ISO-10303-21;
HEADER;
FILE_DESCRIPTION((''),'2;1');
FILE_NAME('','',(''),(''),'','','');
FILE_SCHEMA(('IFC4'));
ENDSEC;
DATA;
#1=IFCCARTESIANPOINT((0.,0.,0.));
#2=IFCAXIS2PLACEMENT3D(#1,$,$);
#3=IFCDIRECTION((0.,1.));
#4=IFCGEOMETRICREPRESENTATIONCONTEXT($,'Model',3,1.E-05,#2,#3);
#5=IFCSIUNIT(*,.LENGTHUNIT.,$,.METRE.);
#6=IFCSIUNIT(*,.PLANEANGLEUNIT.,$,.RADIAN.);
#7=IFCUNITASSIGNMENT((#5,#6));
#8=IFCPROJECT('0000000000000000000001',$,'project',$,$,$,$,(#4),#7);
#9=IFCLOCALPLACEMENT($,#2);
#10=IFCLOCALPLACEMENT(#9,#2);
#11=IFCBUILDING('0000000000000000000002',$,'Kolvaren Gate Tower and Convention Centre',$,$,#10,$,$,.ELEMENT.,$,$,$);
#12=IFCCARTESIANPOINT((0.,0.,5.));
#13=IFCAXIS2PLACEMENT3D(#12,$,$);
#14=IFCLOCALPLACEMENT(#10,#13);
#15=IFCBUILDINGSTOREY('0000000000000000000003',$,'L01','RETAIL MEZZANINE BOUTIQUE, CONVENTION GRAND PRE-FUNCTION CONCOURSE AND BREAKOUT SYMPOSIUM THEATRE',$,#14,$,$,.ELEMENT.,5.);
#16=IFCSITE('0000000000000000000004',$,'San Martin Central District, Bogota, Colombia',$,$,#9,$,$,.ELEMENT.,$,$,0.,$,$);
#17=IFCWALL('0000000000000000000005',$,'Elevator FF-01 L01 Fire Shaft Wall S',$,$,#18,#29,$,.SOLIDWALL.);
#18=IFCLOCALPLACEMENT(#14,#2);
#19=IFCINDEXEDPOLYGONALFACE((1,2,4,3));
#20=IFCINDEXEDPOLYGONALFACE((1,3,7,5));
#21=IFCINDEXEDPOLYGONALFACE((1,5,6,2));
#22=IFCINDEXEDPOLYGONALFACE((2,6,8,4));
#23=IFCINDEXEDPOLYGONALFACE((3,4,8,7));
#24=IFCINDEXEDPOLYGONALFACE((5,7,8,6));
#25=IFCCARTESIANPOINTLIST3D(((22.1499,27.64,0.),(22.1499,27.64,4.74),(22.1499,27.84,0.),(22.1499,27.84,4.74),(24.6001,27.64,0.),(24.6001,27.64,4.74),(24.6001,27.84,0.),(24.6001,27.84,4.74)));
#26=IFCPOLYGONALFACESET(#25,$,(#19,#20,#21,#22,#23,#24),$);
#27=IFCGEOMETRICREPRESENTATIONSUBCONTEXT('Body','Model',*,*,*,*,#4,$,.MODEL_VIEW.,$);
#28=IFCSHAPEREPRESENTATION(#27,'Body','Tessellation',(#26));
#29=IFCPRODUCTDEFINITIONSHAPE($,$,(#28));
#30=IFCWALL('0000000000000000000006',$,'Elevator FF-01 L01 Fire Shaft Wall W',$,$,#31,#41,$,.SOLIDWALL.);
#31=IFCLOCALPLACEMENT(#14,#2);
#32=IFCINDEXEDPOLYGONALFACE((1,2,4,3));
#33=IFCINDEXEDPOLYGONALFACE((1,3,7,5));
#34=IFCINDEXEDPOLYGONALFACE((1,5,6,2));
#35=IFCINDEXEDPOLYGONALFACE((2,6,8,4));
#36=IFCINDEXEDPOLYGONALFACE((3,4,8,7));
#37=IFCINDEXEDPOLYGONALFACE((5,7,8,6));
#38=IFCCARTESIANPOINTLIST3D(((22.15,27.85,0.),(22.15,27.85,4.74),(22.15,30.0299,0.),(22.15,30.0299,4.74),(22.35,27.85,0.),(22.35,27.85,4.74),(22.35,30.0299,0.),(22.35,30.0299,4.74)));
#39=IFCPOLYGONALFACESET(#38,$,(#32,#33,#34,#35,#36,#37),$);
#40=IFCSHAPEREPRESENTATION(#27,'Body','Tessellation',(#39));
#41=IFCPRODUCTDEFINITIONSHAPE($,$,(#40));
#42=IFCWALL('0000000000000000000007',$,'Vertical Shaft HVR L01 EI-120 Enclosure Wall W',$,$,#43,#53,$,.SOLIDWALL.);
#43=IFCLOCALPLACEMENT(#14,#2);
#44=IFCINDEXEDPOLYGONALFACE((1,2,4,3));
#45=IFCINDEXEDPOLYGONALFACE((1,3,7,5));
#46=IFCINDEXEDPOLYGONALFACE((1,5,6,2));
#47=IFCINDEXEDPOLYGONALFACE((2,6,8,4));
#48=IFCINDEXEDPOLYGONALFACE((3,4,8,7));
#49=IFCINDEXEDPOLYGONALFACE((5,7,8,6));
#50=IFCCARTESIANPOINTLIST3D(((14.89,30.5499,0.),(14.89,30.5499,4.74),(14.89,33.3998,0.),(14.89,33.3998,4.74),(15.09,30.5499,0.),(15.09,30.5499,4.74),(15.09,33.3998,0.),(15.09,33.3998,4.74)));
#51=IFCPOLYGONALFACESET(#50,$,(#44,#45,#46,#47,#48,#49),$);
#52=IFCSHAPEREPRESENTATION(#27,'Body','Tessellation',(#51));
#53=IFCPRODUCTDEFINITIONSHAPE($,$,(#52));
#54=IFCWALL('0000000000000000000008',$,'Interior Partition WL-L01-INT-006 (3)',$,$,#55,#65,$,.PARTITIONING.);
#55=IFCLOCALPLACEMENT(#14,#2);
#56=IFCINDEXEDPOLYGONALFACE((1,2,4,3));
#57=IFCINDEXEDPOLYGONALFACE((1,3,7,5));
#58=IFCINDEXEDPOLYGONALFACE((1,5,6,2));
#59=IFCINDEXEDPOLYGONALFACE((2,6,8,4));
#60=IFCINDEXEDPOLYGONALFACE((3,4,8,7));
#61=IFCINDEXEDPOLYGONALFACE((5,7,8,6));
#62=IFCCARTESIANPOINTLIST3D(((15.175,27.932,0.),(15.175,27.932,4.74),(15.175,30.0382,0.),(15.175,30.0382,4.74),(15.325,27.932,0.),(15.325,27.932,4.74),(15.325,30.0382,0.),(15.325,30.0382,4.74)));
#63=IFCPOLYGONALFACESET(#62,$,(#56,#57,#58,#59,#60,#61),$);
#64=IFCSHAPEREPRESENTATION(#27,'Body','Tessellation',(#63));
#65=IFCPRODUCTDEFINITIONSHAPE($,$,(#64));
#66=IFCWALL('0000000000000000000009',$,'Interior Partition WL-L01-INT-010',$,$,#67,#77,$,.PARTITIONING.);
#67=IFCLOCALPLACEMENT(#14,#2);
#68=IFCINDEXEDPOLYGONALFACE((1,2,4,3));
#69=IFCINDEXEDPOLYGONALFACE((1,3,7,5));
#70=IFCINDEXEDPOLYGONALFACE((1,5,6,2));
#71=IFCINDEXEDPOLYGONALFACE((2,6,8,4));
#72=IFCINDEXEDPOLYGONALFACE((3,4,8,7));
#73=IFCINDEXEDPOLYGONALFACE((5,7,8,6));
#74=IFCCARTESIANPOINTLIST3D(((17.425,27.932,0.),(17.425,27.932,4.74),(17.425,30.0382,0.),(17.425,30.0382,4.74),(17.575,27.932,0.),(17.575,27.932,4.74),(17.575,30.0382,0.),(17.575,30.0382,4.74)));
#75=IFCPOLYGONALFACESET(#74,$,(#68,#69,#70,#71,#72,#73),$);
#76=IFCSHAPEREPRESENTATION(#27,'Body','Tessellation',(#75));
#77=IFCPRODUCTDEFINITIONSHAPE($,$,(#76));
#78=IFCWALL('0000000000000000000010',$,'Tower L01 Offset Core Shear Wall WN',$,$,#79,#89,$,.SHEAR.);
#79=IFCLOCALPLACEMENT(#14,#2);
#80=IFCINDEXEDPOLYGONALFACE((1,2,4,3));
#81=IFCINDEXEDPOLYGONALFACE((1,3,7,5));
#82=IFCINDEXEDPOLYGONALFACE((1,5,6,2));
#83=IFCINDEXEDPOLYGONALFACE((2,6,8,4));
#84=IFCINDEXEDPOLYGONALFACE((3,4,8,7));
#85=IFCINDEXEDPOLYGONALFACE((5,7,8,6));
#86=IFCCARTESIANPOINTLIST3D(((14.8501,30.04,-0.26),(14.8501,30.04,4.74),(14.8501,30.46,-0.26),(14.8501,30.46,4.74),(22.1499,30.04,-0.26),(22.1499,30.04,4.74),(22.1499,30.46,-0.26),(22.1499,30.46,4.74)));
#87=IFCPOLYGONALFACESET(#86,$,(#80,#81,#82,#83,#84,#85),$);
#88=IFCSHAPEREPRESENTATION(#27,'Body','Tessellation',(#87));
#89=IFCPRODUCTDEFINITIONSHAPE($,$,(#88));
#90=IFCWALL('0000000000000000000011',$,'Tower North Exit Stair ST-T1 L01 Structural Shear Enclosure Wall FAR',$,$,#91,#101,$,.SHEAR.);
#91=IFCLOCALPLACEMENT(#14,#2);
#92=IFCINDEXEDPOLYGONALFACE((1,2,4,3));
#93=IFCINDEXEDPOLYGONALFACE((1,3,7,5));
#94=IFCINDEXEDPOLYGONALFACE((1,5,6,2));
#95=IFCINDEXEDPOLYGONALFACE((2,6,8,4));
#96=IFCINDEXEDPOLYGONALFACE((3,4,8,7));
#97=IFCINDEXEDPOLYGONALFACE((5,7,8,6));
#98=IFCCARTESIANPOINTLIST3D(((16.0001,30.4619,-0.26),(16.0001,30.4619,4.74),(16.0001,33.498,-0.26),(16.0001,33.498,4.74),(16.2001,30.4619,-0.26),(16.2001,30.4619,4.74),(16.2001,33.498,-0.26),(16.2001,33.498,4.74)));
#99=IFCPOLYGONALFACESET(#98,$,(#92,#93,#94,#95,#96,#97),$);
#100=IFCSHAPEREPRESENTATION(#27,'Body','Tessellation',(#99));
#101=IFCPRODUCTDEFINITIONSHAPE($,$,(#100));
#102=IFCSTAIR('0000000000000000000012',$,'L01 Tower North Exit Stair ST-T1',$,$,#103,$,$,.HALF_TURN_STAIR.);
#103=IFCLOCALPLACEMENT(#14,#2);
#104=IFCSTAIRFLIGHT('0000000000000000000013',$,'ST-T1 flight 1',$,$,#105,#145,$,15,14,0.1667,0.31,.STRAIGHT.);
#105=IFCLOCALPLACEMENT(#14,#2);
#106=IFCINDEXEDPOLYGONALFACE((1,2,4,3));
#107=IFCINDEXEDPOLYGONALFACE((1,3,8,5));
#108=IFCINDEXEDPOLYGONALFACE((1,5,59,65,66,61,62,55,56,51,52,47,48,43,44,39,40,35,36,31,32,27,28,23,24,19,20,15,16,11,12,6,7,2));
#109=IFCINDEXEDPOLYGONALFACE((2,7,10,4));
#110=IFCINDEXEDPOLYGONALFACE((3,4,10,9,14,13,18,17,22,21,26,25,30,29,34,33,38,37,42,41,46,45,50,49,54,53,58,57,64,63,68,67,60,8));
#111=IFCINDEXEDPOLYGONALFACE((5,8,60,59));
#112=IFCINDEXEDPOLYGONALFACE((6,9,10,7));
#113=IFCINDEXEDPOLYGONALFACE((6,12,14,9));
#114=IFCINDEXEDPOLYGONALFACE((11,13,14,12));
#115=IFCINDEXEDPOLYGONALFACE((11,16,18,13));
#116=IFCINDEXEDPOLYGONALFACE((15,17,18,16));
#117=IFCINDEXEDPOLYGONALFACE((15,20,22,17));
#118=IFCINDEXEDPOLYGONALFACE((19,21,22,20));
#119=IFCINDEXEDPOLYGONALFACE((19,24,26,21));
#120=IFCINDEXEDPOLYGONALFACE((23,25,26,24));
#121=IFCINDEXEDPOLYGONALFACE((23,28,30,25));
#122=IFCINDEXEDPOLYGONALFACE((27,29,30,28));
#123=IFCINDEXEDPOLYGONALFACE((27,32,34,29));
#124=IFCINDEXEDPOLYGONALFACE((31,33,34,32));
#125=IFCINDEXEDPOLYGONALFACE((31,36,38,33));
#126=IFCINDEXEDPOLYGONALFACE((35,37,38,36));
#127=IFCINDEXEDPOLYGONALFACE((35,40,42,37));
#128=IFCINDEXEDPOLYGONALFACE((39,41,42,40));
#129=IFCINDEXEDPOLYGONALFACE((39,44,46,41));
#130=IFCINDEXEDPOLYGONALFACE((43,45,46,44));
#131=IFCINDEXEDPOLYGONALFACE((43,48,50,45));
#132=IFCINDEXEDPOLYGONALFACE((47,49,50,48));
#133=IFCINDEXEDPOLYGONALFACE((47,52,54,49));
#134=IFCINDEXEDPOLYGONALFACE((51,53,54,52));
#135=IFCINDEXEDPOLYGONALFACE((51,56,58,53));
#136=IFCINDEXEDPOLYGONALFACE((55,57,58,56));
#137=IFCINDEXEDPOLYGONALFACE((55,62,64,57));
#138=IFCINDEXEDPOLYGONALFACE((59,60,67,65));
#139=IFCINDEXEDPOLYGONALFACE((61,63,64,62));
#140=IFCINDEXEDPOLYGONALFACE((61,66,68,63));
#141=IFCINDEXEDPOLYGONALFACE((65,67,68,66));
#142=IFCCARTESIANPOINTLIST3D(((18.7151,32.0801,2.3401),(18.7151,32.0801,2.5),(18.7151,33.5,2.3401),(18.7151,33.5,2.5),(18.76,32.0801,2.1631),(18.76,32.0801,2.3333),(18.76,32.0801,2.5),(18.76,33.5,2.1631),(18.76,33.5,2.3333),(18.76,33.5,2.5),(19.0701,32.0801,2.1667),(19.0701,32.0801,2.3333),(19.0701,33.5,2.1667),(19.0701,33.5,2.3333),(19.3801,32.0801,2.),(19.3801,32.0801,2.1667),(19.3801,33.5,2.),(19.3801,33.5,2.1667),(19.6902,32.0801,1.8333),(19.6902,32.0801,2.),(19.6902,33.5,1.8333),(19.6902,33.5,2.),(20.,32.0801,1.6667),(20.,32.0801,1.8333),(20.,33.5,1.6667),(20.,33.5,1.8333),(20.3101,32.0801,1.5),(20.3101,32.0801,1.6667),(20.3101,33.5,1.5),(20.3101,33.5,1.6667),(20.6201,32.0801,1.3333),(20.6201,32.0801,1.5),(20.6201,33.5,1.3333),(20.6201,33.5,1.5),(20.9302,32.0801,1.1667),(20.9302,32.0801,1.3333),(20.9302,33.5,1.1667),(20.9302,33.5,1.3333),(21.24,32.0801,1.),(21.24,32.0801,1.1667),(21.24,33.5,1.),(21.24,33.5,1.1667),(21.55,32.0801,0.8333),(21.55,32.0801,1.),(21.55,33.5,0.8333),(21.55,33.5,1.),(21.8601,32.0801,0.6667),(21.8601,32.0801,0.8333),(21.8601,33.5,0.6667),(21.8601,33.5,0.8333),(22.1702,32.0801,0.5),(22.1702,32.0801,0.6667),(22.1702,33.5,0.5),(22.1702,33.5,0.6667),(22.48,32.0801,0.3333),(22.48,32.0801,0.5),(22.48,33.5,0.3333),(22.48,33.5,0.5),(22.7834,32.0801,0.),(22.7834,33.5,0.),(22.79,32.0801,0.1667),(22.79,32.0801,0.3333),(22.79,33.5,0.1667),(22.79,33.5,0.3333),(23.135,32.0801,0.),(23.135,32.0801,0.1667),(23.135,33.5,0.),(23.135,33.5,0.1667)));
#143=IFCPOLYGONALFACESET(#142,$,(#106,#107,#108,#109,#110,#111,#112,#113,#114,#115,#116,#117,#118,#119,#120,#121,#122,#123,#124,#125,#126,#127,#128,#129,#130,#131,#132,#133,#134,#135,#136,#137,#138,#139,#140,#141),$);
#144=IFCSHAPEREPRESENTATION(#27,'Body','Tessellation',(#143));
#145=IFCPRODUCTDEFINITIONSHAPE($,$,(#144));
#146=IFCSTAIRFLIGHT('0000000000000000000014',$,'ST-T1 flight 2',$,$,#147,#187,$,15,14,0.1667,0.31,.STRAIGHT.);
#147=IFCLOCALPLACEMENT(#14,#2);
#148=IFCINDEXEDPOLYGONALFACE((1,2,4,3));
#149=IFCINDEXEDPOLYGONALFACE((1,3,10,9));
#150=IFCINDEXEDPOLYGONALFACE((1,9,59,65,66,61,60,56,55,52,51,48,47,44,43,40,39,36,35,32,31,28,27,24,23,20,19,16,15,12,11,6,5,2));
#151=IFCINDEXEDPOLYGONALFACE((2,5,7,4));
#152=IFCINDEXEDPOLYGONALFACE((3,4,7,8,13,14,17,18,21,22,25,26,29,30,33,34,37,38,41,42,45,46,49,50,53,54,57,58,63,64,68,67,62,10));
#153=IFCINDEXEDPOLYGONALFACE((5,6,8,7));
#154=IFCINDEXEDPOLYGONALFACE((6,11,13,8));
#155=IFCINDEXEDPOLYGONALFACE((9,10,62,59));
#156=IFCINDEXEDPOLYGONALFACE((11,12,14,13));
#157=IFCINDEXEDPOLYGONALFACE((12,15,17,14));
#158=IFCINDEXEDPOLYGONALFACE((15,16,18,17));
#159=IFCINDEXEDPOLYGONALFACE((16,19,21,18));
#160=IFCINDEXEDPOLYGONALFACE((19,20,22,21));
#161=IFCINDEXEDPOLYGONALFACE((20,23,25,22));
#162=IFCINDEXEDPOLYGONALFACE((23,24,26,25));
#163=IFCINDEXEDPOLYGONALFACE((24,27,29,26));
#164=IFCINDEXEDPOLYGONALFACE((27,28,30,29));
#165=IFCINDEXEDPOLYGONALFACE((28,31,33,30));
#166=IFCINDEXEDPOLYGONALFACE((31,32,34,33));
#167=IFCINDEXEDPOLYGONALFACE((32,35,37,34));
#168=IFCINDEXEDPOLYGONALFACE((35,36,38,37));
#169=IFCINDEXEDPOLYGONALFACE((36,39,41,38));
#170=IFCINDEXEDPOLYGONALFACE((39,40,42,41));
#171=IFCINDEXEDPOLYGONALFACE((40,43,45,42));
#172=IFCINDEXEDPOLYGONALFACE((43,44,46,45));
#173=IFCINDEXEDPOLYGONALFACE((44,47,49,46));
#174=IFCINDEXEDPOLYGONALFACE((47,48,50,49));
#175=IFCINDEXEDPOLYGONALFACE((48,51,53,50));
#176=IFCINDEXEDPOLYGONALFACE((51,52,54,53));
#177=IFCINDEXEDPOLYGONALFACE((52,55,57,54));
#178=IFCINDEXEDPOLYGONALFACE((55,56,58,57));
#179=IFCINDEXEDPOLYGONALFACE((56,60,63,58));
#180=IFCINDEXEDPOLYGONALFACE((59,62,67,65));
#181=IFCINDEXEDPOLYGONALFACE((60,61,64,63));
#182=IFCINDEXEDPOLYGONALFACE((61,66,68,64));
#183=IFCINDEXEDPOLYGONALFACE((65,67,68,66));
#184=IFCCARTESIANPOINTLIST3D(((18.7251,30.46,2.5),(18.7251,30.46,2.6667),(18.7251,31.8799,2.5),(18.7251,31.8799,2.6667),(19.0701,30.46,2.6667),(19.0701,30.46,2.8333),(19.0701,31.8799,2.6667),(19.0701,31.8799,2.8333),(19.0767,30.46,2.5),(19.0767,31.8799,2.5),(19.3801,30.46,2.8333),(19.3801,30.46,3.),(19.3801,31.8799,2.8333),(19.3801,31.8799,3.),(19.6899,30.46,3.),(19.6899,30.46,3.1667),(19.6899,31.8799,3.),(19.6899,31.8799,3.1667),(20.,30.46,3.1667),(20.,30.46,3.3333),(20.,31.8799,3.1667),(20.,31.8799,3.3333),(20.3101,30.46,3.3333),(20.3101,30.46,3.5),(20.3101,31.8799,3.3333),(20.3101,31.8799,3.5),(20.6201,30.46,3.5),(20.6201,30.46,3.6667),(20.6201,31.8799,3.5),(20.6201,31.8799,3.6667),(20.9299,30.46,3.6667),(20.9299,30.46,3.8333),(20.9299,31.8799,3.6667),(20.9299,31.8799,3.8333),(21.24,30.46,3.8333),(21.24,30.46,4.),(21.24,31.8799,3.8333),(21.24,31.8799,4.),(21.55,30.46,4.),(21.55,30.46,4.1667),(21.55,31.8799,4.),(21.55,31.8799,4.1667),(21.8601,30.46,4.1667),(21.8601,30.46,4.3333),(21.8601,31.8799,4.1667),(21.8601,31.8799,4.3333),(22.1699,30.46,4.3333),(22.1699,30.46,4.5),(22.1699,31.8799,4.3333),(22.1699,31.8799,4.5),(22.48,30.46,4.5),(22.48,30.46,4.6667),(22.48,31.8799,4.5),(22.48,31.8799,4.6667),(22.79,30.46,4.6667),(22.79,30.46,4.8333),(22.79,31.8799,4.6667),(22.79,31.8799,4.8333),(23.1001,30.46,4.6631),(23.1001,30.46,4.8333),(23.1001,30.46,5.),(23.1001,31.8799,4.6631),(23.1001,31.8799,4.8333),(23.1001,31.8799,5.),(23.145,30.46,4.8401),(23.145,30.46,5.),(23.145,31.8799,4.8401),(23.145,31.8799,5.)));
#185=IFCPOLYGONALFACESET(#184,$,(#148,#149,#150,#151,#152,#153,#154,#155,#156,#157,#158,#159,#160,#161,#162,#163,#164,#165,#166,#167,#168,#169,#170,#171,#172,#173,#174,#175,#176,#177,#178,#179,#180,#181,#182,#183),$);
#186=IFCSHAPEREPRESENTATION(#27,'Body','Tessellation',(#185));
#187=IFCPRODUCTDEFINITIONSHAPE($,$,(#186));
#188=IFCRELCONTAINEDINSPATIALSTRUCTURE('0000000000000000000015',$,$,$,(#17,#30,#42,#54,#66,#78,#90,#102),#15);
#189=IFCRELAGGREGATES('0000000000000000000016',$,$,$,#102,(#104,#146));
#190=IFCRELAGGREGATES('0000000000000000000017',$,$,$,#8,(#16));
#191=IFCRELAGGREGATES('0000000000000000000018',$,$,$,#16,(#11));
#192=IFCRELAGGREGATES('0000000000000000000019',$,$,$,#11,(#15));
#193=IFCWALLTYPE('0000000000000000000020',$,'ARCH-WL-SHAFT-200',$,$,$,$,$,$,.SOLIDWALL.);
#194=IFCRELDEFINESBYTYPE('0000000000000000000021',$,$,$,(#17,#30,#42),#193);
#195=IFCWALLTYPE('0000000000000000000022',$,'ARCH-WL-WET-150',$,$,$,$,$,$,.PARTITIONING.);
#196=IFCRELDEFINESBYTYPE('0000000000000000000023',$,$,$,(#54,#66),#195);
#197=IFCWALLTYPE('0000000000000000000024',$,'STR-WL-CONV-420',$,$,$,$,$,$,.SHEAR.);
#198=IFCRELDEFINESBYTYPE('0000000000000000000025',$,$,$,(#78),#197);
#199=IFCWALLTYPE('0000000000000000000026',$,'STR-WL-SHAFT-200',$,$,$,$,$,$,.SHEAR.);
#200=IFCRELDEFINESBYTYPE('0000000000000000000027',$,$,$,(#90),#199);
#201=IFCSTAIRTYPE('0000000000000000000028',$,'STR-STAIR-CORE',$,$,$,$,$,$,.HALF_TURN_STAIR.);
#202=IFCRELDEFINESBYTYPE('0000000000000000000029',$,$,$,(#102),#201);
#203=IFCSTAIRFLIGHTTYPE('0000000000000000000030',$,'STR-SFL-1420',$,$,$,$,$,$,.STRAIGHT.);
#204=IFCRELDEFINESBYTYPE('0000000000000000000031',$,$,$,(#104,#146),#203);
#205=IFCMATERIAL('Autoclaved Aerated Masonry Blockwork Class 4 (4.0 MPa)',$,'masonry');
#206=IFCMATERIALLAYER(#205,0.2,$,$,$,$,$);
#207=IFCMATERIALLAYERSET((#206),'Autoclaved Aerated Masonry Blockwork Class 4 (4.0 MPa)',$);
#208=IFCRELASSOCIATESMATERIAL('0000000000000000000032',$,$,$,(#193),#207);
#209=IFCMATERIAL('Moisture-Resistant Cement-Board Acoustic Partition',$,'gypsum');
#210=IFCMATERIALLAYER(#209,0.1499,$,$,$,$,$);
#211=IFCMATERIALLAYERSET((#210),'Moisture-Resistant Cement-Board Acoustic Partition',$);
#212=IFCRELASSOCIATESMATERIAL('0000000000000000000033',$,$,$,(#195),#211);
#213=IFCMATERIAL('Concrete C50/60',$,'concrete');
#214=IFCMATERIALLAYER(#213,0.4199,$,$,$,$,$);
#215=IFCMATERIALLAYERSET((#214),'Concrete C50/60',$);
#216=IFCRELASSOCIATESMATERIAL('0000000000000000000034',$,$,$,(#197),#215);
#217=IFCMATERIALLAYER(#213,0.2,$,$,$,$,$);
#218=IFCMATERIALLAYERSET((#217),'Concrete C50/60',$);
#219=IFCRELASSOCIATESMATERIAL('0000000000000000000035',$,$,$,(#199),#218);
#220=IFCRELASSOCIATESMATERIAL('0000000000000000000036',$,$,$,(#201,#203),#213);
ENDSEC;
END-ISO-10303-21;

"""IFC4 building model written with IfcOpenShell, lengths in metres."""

from ifc_helpers import new_model, si_unit, direction, frame, frame_2d, origin, place, context, subcontext, project, spatial, polyline, rectangle, outline, extrude, material, layer, layer_set, type_object, element, aggregate, save


model = new_model("IFC4")

# Units and contexts
model_context = context("Model", 3, precision=1e-05, world=origin(), true_north=direction((0.0, 1.0)))
body_context = subcontext(model_context, "Body", "Model", "MODEL_VIEW")
ifc_project = project(units=[si_unit("LENGTHUNIT", "METRE"), si_unit("PLANEANGLEUNIT", "RADIAN")], contexts=[model_context])

# Site, building, storey
site_placement = place(None, origin())
site = spatial("IfcSite", under=ifc_project, at=site_placement, Name="San Martin Central District, Bogota, Colombia", CompositionType="ELEMENT", RefElevation=0.0)
building_placement = place(site_placement, origin())
building = spatial("IfcBuilding", under=site, at=building_placement, Name="Kolvaren Gate Tower and Convention Centre", CompositionType="ELEMENT")
storey_placement = place(building_placement, frame((0.0, 0.0, 5.0)))
storey = spatial("IfcBuildingStorey", under=building, at=storey_placement, Name="L01", Description="RETAIL MEZZANINE BOUTIQUE, CONVENTION GRAND PRE-FUNCTION CONCOURSE AND BREAKOUT SYMPOSIUM THEATRE", CompositionType="ELEMENT", Elevation=5.0)

# Shared definitions
ifc_material_1 = material(Name="Autoclaved Aerated Masonry Blockwork Class 4 (4.0 MPa)", Category="masonry")

# Walls
ifc_layer_1 = layer(ifc_material_1, 0.2)
ifc_layer_set_1 = layer_set([ifc_layer_1], Name="Autoclaved Aerated Masonry Blockwork Class 4 (4.0 MPa)")
wall_type_1 = type_object("IfcWallType", Name="ARCH-WL-SHAFT-200", PredefinedType="SOLIDWALL", material=ifc_layer_set_1)
for number, where, z_axis, x_axis, name in (
    (1, (22.1499, 27.74, 0.0), (0.0, 0.0, 1.0), (1.0, 0.0, 0.0), "Elevator FF-01 L01 Fire Shaft Wall S"),
):
    element("IfcWall", number, at=place(storey_placement, frame(where, z_axis=z_axis, x_axis=x_axis)), inside=storey, type_object=wall_type_1, Name=name, PredefinedType="SOLIDWALL", context=body_context, shape_type="SweptSolid", body=[
        extrude(rectangle(XDim=2.4502, YDim=0.2, at=frame_2d((1.2251, 0.0))), origin(), (0.0, 0.0, 1.0), 4.74),
    ])
wall_1_placement = place(storey_placement, frame((22.25, 27.8501, 0.0), z_axis=(0.0, 0.0, 1.0), x_axis=(0.0, 1.0, 0.0)))
element("IfcWall", 2, at=wall_1_placement, inside=storey, type_object=wall_type_1, Name="Elevator FF-01 L01 Fire Shaft Wall W", PredefinedType="SOLIDWALL", context=body_context, shape_type="SweptSolid", body=[
    extrude(rectangle(XDim=2.1799, YDim=0.2, at=frame_2d((1.0898, 0.0))), origin(), (0.0, 0.0, 1.0), 4.74),
])
wall_2_placement = place(storey_placement, frame((14.99, 30.55, 0.0), z_axis=(0.0, 0.0, 1.0), x_axis=(0.0, 1.0, 0.0)))
element("IfcWall", 3, at=wall_2_placement, inside=storey, type_object=wall_type_1, Name="Vertical Shaft HVR L01 EI-120 Enclosure Wall W", PredefinedType="SOLIDWALL", context=body_context, shape_type="SweptSolid", body=[
    extrude(rectangle(XDim=2.8499, YDim=0.2, at=frame_2d((1.4248, 0.0))), origin(), (0.0, 0.0, 1.0), 4.74),
])
ifc_material_2 = material(Name="Moisture-Resistant Cement-Board Acoustic Partition", Category="gypsum")
ifc_layer_2 = layer(ifc_material_2, 0.1499)
ifc_layer_set_2 = layer_set([ifc_layer_2], Name="Moisture-Resistant Cement-Board Acoustic Partition")
wall_type_2 = type_object("IfcWallType", Name="ARCH-WL-WET-150", PredefinedType="PARTITIONING", material=ifc_layer_set_2)
for number, where, z_axis, x_axis, name in (
    (4, (15.25, 27.9319, 0.0), (0.0, 0.0, 1.0), (0.0, 1.0, 0.0), "Interior Partition WL-L01-INT-006 (3)"),
    (5, (17.5, 27.9319, 0.0), (0.0, 0.0, 1.0), (0.0, 1.0, 0.0), "Interior Partition WL-L01-INT-010"),
):
    element("IfcWall", number, at=place(storey_placement, frame(where, z_axis=z_axis, x_axis=x_axis)), inside=storey, type_object=wall_type_2, Name=name, PredefinedType="PARTITIONING", context=body_context, shape_type="SweptSolid", body=[
        extrude(rectangle(XDim=2.1062, YDim=0.1499, at=frame_2d((1.0532, 0.0))), origin(), (0.0, 0.0, 1.0), 4.74),
    ])
ifc_material_3 = material(Name="Concrete C50/60", Category="concrete")
ifc_layer_3 = layer(ifc_material_3, 0.4199)
ifc_layer_set_3 = layer_set([ifc_layer_3], Name="Concrete C50/60")
wall_type_3 = type_object("IfcWallType", Name="STR-WL-CONV-420", PredefinedType="SHEAR", material=ifc_layer_set_3)
wall_3_placement = place(storey_placement, frame((14.8501, 30.25, -0.26), z_axis=(0.0, 0.0, 1.0), x_axis=(1.0, 0.0, 0.0)))
element("IfcWall", 6, at=wall_3_placement, inside=storey, type_object=wall_type_3, Name="Tower L01 Offset Core Shear Wall WN", PredefinedType="SHEAR", context=body_context, shape_type="SweptSolid", body=[
    extrude(rectangle(XDim=7.2998, YDim=0.4199, at=frame_2d((3.6499, 0.0))), origin(), (0.0, 0.0, 1.0), 5.0),
])
ifc_layer_4 = layer(ifc_material_3, 0.2)
ifc_layer_set_4 = layer_set([ifc_layer_4], Name="Concrete C50/60")
wall_type_4 = type_object("IfcWallType", Name="STR-WL-SHAFT-200", PredefinedType="SHEAR", material=ifc_layer_set_4)
wall_4_placement = place(storey_placement, frame((16.1001, 30.4619, -0.26), z_axis=(0.0, 0.0, 1.0), x_axis=(0.0, 1.0, 0.0)))
element("IfcWall", 7, at=wall_4_placement, inside=storey, type_object=wall_type_4, Name="Tower North Exit Stair ST-T1 L01 Structural Shear Enclosure Wall FAR", PredefinedType="SHEAR", context=body_context, shape_type="SweptSolid", body=[
    extrude(rectangle(XDim=3.0361, YDim=0.2, at=frame_2d((1.5181, 0.0))), origin(), (0.0, 0.0, 1.0), 5.0),
])

# Stair, stair flights
stair_type = type_object("IfcStairType", Name="STR-STAIR-CORE", PredefinedType="HALF_TURN_STAIR", material=ifc_material_3)
stair_placement = place(storey_placement, origin())
stair = element("IfcStair", 8, at=stair_placement, inside=storey, type_object=stair_type, Name="L01 Tower North Exit Stair ST-T1", PredefinedType="HALF_TURN_STAIR")
stair_flight_type = type_object("IfcStairFlightType", Name="STR-SFL-1420", PredefinedType="STRAIGHT", material=ifc_material_3)
stair_flight_1_placement = place(storey_placement, frame((23.1001, 32.79, 0.0), z_axis=(0.0, 0.0, 1.0), x_axis=(-1.0, 0.0, 0.0)))
stair_flight_1 = element("IfcStairFlight", 9, at=stair_flight_1_placement, type_object=stair_flight_type, Name="ST-T1 flight 1", NumberOfRisers=15, NumberOfTreads=14, PredefinedType="STRAIGHT", RiserHeight=0.1667, TreadLength=0.31, context=body_context, shape_type="SweptSolid", body=[
    extrude(outline(polyline([(-0.0349, 0.0), (-0.0349, 0.1667), (0.3101, 0.1667), (0.3101, 0.3333), (0.6201, 0.3333), (0.6201, 0.5), (0.9299, 0.5), (0.9299, 0.6667), (1.24, 0.6667), (1.24, 0.8333), (1.55, 0.8333), (1.55, 1.0), (1.8601, 1.0), (1.8601, 1.1667), (2.1699, 1.1667), (2.1699, 1.3333), (2.48, 1.3333), (2.48, 1.5), (2.79, 1.5), (2.79, 1.6667), (3.1001, 1.6667), (3.1001, 1.8333), (3.4099, 1.8333), (3.4099, 2.0), (3.72, 2.0), (3.72, 2.1667), (4.03, 2.1667), (4.03, 2.3333), (4.3401, 2.3333), (4.3401, 2.5), (4.385, 2.5), (4.385, 2.3401), (4.3401, 2.1631), (0.3167, 0.0), (-0.0349, 0.0)])), frame((0.0, 0.71, 0.0), z_axis=(0.0, -1.0, 0.0), x_axis=(1.0, 0.0, 0.0)), (0.0, 0.0, 1.0), 1.4199),
])
stair_flight_2_placement = place(storey_placement, frame((18.76, 31.1699, 2.5), z_axis=(0.0, 0.0, 1.0), x_axis=(1.0, 0.0, 0.0)))
stair_flight_2 = element("IfcStairFlight", 10, at=stair_flight_2_placement, type_object=stair_flight_type, Name="ST-T1 flight 2", NumberOfRisers=15, NumberOfTreads=14, PredefinedType="STRAIGHT", RiserHeight=0.1667, TreadLength=0.31, context=body_context, shape_type="SweptSolid", body=[
    extrude(outline(polyline([(-0.0349, 0.0), (-0.0349, 0.1667), (0.3101, 0.1667), (0.3101, 0.3333), (0.6201, 0.3333), (0.6201, 0.5), (0.9299, 0.5), (0.9299, 0.6667), (1.24, 0.6667), (1.24, 0.8333), (1.55, 0.8333), (1.55, 1.0), (1.8601, 1.0), (1.8601, 1.1667), (2.1699, 1.1667), (2.1699, 1.3333), (2.48, 1.3333), (2.48, 1.5), (2.79, 1.5), (2.79, 1.6667), (3.1001, 1.6667), (3.1001, 1.8333), (3.4099, 1.8333), (3.4099, 2.0), (3.72, 2.0), (3.72, 2.1667), (4.03, 2.1667), (4.03, 2.3333), (4.3401, 2.3333), (4.3401, 2.5), (4.385, 2.5), (4.385, 2.3401), (4.3401, 2.1631), (0.3167, 0.0), (-0.0349, 0.0)])), frame((0.0, 0.71, 0.0), z_axis=(0.0, -1.0, 0.0), x_axis=(1.0, 0.0, 0.0)), (0.0, 0.0, 1.0), 1.4199),
])
aggregate(stair, [stair_flight_1, stair_flight_2])

save(model, "model.ifc")
